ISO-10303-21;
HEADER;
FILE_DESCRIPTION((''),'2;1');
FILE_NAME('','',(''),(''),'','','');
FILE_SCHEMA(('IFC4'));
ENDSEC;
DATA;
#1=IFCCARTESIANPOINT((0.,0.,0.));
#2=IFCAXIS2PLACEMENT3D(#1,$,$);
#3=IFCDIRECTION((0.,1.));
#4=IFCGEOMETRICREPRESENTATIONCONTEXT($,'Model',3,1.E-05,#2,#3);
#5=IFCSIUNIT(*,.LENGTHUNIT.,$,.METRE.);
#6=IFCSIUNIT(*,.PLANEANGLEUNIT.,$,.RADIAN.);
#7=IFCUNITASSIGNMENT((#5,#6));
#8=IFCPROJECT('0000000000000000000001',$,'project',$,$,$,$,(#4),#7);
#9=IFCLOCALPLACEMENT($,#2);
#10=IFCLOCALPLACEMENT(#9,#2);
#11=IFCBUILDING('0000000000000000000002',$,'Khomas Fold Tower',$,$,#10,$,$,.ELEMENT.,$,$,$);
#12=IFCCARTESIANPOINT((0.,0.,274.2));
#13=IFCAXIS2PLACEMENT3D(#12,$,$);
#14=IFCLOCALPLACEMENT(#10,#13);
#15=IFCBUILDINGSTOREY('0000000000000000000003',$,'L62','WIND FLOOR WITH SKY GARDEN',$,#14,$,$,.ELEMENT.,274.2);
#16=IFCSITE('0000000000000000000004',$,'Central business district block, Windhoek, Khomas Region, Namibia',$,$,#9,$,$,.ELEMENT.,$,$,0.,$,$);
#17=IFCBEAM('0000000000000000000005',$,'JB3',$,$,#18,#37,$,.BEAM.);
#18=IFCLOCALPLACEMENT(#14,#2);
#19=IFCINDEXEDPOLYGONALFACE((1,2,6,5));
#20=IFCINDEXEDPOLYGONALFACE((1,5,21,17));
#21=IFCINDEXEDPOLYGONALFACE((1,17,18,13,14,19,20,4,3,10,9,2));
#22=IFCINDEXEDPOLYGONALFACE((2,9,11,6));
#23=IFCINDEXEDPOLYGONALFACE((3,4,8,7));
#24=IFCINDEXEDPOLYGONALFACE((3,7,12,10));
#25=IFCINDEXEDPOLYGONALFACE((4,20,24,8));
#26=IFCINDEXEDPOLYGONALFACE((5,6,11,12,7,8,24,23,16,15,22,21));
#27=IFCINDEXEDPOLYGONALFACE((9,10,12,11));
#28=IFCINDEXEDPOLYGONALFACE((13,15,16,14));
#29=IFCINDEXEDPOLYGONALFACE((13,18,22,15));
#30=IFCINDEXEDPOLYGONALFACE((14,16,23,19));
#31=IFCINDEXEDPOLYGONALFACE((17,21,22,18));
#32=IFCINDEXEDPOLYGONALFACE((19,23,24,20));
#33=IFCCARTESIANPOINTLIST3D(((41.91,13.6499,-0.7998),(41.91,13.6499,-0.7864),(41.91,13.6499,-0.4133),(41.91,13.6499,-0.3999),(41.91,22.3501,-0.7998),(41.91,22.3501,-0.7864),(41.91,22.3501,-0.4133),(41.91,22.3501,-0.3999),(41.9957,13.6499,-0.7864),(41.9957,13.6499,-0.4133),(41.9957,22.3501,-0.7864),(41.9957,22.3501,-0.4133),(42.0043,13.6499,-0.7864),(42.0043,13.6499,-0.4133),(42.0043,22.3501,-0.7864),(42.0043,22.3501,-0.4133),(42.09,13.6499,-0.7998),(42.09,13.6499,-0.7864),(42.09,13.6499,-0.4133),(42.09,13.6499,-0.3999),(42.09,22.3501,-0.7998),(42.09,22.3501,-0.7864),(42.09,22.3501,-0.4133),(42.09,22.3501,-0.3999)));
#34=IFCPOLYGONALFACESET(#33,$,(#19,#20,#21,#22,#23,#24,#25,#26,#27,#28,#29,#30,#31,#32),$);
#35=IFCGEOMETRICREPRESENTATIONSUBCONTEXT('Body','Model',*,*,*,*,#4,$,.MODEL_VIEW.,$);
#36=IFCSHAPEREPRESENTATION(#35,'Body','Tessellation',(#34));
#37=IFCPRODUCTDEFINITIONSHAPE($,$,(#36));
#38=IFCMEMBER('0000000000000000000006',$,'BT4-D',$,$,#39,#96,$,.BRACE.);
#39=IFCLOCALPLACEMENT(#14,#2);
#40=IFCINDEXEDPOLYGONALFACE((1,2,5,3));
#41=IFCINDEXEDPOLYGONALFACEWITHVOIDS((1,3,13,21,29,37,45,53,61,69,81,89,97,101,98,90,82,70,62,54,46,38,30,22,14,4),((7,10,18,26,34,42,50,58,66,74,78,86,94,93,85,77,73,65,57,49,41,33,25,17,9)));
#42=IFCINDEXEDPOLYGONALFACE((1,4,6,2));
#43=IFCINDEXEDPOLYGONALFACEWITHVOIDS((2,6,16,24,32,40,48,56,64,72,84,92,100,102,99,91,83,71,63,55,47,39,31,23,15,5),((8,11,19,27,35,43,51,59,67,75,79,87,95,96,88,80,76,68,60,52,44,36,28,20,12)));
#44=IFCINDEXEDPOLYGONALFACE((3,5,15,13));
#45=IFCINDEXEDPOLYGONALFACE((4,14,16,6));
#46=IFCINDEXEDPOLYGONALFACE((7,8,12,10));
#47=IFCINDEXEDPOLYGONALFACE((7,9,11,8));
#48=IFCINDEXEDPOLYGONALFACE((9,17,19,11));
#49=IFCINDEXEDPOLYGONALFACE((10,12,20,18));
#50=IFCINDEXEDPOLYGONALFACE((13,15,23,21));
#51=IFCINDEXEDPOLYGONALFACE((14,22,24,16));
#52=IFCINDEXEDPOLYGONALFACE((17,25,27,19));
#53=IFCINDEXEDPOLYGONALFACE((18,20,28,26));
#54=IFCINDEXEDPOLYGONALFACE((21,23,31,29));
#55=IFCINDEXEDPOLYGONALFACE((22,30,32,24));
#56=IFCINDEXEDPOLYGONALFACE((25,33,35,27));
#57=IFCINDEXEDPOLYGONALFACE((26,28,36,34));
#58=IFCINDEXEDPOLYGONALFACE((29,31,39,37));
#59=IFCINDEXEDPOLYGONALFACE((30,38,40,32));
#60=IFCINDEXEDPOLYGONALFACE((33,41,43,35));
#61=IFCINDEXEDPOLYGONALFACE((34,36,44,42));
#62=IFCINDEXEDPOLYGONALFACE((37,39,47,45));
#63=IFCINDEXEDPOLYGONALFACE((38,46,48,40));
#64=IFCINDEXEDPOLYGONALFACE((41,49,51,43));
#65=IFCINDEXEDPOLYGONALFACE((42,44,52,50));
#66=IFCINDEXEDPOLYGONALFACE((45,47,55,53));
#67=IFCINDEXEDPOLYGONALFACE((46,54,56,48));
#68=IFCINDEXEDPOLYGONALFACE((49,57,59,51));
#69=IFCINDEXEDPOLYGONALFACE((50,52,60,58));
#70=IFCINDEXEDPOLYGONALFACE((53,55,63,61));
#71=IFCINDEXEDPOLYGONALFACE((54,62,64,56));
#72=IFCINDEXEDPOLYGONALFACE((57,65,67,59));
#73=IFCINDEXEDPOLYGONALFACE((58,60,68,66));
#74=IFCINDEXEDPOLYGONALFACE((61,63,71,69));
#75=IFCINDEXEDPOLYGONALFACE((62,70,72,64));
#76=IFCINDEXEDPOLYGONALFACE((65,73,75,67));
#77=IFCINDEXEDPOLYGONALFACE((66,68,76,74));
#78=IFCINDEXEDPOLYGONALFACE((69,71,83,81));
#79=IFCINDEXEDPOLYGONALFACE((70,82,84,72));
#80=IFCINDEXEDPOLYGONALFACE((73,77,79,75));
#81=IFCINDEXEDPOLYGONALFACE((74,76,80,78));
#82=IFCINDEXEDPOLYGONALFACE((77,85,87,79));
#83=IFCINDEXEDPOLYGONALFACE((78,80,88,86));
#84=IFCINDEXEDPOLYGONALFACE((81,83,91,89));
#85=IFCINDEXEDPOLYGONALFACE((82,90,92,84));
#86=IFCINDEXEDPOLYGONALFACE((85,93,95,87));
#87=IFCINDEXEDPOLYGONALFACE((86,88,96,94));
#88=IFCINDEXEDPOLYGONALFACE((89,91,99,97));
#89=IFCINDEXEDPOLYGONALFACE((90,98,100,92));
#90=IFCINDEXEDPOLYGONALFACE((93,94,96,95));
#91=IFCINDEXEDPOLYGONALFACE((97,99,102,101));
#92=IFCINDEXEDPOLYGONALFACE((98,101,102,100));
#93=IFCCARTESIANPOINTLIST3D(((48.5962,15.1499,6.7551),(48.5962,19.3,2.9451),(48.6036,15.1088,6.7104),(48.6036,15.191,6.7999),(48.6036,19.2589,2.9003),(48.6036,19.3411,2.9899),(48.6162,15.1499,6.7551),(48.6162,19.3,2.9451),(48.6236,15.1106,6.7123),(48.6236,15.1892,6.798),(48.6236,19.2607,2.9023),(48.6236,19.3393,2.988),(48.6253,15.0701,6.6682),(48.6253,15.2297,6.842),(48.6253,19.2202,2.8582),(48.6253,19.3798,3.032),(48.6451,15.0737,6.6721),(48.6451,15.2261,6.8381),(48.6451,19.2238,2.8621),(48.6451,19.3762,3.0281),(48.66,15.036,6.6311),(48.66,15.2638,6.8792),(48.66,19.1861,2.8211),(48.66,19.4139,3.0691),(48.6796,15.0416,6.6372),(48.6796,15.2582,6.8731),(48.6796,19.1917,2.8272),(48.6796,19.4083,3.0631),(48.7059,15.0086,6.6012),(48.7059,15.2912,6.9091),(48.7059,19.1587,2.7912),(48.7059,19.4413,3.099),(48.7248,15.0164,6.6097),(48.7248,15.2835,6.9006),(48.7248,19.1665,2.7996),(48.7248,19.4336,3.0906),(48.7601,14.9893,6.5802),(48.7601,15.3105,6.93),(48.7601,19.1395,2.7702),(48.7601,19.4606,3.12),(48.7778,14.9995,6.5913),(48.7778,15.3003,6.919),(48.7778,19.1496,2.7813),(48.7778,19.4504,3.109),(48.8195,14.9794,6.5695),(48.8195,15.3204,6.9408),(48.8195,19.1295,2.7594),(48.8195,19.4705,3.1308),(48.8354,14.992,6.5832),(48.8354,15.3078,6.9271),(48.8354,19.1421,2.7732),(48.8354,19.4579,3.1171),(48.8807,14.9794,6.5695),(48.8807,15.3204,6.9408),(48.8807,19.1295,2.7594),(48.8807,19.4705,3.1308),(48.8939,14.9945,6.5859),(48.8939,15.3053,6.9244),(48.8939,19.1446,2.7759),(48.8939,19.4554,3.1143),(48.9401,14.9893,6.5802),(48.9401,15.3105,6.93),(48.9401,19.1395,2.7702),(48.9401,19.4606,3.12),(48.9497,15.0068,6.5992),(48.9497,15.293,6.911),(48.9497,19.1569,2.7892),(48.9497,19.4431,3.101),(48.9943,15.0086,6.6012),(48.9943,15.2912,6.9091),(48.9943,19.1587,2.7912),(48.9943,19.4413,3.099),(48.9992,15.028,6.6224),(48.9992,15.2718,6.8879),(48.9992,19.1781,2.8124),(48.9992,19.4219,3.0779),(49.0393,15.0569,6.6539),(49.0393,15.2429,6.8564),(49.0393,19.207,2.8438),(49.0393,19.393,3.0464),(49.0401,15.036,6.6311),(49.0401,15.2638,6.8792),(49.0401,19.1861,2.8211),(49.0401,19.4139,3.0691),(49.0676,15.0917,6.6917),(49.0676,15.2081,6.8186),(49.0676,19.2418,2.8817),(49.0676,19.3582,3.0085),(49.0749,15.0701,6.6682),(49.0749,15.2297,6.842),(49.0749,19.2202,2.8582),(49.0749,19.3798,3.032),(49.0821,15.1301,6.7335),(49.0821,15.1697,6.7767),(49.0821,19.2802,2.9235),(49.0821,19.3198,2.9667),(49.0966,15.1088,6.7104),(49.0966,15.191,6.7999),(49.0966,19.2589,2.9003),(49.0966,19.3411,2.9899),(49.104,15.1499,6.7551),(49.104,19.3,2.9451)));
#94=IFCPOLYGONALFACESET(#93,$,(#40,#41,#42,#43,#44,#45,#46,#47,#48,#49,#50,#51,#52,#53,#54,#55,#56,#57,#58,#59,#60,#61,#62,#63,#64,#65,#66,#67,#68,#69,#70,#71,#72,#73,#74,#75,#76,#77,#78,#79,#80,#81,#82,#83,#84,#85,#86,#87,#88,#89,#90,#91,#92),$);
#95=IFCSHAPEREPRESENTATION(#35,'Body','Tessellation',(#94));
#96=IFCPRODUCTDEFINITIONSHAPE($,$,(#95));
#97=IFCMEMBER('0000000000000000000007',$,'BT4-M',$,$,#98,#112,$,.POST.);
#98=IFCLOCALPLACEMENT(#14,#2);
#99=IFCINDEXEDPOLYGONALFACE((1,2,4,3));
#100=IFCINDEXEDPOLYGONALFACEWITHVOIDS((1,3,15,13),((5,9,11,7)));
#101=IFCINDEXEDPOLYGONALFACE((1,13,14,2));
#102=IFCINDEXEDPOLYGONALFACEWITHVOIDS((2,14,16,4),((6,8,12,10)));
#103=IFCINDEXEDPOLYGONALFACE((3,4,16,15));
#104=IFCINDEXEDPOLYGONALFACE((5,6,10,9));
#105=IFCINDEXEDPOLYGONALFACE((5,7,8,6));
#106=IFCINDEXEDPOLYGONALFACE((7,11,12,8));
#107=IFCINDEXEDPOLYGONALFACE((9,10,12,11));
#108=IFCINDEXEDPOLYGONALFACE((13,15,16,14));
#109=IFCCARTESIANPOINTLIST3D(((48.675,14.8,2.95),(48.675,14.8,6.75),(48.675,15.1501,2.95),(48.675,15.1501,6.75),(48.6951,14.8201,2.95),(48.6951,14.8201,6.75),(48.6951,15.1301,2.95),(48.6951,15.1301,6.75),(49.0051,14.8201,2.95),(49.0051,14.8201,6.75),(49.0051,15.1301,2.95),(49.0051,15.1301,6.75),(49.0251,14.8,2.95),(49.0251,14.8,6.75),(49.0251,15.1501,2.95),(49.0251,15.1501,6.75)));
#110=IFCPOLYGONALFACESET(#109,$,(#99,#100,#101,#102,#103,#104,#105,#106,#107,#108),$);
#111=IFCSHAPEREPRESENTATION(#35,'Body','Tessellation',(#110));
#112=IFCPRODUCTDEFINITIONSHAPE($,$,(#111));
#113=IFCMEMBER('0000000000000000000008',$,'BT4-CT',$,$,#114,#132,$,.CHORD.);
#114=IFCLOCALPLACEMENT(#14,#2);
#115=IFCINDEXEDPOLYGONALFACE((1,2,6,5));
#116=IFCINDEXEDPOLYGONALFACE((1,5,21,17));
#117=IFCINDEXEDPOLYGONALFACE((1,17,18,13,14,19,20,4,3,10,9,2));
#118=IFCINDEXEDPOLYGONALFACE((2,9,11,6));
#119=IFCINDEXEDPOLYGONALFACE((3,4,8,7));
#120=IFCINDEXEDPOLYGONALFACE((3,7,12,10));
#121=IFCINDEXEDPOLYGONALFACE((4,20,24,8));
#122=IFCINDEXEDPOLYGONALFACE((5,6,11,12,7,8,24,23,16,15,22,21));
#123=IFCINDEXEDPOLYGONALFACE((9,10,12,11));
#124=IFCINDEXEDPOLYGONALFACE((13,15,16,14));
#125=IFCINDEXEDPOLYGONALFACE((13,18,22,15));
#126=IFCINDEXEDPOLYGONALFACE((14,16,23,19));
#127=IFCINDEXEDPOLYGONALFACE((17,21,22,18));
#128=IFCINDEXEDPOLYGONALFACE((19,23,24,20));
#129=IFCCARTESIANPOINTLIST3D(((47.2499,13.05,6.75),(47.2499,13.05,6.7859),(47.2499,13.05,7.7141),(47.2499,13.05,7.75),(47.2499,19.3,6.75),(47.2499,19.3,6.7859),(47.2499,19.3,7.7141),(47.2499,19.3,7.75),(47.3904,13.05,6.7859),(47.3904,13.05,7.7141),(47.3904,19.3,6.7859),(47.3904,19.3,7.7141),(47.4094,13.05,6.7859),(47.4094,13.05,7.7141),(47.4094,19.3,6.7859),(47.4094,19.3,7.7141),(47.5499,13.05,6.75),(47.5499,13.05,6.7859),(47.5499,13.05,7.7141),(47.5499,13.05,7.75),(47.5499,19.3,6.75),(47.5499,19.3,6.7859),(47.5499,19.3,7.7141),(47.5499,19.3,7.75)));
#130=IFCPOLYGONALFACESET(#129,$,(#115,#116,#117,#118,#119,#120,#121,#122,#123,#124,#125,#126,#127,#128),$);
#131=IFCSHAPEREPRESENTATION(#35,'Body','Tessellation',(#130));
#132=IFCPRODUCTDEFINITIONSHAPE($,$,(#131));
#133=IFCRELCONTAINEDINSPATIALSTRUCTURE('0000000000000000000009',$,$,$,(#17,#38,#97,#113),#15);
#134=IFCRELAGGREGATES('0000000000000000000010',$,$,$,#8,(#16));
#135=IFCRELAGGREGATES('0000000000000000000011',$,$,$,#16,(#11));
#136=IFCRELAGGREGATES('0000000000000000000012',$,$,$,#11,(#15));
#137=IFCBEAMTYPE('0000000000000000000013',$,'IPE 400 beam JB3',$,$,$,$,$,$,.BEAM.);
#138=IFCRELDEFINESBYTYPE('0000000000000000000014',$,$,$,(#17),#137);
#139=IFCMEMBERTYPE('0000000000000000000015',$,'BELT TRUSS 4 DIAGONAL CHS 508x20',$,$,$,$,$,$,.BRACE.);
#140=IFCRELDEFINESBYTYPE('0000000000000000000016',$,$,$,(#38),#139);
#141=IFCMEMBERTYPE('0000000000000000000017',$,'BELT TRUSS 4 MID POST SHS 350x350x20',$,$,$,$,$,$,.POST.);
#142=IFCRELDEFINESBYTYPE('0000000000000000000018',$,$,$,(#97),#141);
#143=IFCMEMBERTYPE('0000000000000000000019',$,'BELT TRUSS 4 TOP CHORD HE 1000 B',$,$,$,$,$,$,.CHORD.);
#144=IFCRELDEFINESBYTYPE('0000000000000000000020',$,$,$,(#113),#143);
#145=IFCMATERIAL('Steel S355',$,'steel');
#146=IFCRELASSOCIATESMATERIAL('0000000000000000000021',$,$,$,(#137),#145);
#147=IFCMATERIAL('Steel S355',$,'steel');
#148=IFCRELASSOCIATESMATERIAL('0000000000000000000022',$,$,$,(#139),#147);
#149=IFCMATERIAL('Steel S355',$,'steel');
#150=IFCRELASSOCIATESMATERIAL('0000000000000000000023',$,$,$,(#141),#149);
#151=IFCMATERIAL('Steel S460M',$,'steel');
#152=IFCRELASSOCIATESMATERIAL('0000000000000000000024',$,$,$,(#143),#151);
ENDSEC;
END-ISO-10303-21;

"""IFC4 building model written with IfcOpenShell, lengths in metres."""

from ifc_helpers import new_model, si_unit, direction, frame, origin, origin_2d, place, context, subcontext, project, spatial, hollow_rectangle, hollow_circle, i_section, extrude, source, transform, mapped, material, material_profile, profile_set, type_object, element, save


model = new_model("IFC4")

# Units and contexts
model_context = context("Model", 3, precision=1e-05, world=origin(), true_north=direction((0.0, 1.0)))
body_context = subcontext(model_context, "Body", "Model", "MODEL_VIEW")
ifc_project = project(units=[si_unit("LENGTHUNIT", "METRE"), si_unit("PLANEANGLEUNIT", "RADIAN")], contexts=[model_context])

# Site, building, storey
site_placement = place(None, origin())
site = spatial("IfcSite", under=ifc_project, at=site_placement, Name="Central business district block, Windhoek, Khomas Region, Namibia", CompositionType="ELEMENT", RefElevation=0.0)
building_placement = place(site_placement, origin())
building = spatial("IfcBuilding", under=site, at=building_placement, Name="Khomas Fold Tower", CompositionType="ELEMENT")
storey_placement = place(building_placement, frame((0.0, 0.0, 274.2)))
storey = spatial("IfcBuildingStorey", under=building, at=storey_placement, Name="L62", Description="WIND FLOOR WITH SKY GARDEN", CompositionType="ELEMENT", Elevation=274.2)

# Beam
ifc_material_1 = material(Name="Steel S355", Category="steel")
ifc_material_profile_1 = material_profile(ifc_material_1, i_section(OverallWidth=0.1799, OverallDepth=0.3999, WebThickness=0.0085, FlangeThickness=0.0134, at=origin_2d()), Name="IPE 400")
ifc_profile_set_1 = profile_set([ifc_material_profile_1], Name="Steel S355")
beam_type_1 = type_object("IfcBeamType", Name="IPE 400 beam JB3", PredefinedType="BEAM", material=ifc_profile_set_1)
shared_shape_1 = source(origin(), body_context, "Body", "SweptSolid", [
    extrude(i_section(OverallWidth=0.1799, OverallDepth=0.3999, WebThickness=0.0085, FlangeThickness=0.0134, at=origin_2d()), origin(), (0.0, 0.0, 1.0), 8.7002),
])
beam_1_placement = place(storey_placement, frame((42.0, 13.6499, -0.5999), z_axis=(0.0, 1.0, 0.0), x_axis=(-1.0, 0.0, 0.0)))
element("IfcBeam", 1, at=beam_1_placement, inside=storey, type_object=beam_type_1, Name="JB3", PredefinedType="BEAM", context=body_context, shape_type="MappedRepresentation", body=[
    mapped(shared_shape_1, transform((0.0, 0.0, 0.0))),
])

# Members
ifc_material_2 = material(Name="Steel S355", Category="steel")
ifc_material_profile_2 = material_profile(ifc_material_2, hollow_circle(Radius=0.2539, WallThickness=0.02, at=origin_2d()), Name="CHS 508x20")
ifc_profile_set_2 = profile_set([ifc_material_profile_2], Name="Steel S355")
member_type_1 = type_object("IfcMemberType", Name="BELT TRUSS 4 DIAGONAL CHS 508x20", PredefinedType="BRACE", material=ifc_profile_set_2)
shared_shape_2 = source(origin(), body_context, "Body", "SweptSolid", [
    extrude(hollow_circle(Radius=0.2539, WallThickness=0.02, at=origin_2d()), origin(), (0.0, 0.0, 1.0), 5.6338),
])
member_1_placement = place(storey_placement, frame((48.8501, 15.1499, 6.7551), z_axis=(0.0, 0.736645, -0.67628), x_axis=(-1.0, 0.0, 0.0)))
element("IfcMember", 2, at=member_1_placement, inside=storey, type_object=member_type_1, Name="BT4-D", PredefinedType="BRACE", context=body_context, shape_type="MappedRepresentation", body=[
    mapped(shared_shape_2, transform((0.0, 0.0, 0.0))),
])
ifc_material_3 = material(Name="Steel S355", Category="steel")
ifc_material_profile_3 = material_profile(ifc_material_3, hollow_rectangle(XDim=0.3501, YDim=0.3501, WallThickness=0.02, at=origin_2d()), Name="SHS 350x350x20")
ifc_profile_set_3 = profile_set([ifc_material_profile_3], Name="Steel S355")
member_type_2 = type_object("IfcMemberType", Name="BELT TRUSS 4 MID POST SHS 350x350x20", PredefinedType="POST", material=ifc_profile_set_3)
shared_shape_3 = source(origin(), body_context, "Body", "SweptSolid", [
    extrude(hollow_rectangle(XDim=0.3501, YDim=0.3501, WallThickness=0.02, at=origin_2d()), origin(), (0.0, 0.0, 1.0), 3.8),
])
member_2_placement = place(storey_placement, frame((48.8501, 14.9751, 2.95), z_axis=(0.0, 0.0, 1.0), x_axis=(1.0, 0.0, 0.0)))
element("IfcMember", 3, at=member_2_placement, inside=storey, type_object=member_type_2, Name="BT4-M", PredefinedType="POST", context=body_context, shape_type="MappedRepresentation", body=[
    mapped(shared_shape_3, transform((0.0, 0.0, 0.0))),
])
ifc_material_4 = material(Name="Steel S460M", Category="steel")
ifc_material_profile_4 = material_profile(ifc_material_4, i_section(OverallWidth=0.3, OverallDepth=1.0, WebThickness=0.019, FlangeThickness=0.0359, at=origin_2d()), Name="HE 1000 B")
ifc_profile_set_4 = profile_set([ifc_material_profile_4], Name="Steel S460M")
member_type_3 = type_object("IfcMemberType", Name="BELT TRUSS 4 TOP CHORD HE 1000 B", PredefinedType="CHORD", material=ifc_profile_set_4)
shared_shape_4 = source(origin(), body_context, "Body", "SweptSolid", [
    extrude(i_section(OverallWidth=0.3, OverallDepth=1.0, WebThickness=0.019, FlangeThickness=0.0359, at=origin_2d()), origin(), (0.0, 0.0, 1.0), 6.25),
])
member_3_placement = place(storey_placement, frame((47.3999, 13.05, 7.25), z_axis=(0.0, 1.0, 0.0), x_axis=(-1.0, 0.0, 0.0)))
element("IfcMember", 4, at=member_3_placement, inside=storey, type_object=member_type_3, Name="BT4-CT", PredefinedType="CHORD", context=body_context, shape_type="MappedRepresentation", body=[
    mapped(shared_shape_4, transform((0.0, 0.0, 0.0))),
])

save(model, "model.ifc")
